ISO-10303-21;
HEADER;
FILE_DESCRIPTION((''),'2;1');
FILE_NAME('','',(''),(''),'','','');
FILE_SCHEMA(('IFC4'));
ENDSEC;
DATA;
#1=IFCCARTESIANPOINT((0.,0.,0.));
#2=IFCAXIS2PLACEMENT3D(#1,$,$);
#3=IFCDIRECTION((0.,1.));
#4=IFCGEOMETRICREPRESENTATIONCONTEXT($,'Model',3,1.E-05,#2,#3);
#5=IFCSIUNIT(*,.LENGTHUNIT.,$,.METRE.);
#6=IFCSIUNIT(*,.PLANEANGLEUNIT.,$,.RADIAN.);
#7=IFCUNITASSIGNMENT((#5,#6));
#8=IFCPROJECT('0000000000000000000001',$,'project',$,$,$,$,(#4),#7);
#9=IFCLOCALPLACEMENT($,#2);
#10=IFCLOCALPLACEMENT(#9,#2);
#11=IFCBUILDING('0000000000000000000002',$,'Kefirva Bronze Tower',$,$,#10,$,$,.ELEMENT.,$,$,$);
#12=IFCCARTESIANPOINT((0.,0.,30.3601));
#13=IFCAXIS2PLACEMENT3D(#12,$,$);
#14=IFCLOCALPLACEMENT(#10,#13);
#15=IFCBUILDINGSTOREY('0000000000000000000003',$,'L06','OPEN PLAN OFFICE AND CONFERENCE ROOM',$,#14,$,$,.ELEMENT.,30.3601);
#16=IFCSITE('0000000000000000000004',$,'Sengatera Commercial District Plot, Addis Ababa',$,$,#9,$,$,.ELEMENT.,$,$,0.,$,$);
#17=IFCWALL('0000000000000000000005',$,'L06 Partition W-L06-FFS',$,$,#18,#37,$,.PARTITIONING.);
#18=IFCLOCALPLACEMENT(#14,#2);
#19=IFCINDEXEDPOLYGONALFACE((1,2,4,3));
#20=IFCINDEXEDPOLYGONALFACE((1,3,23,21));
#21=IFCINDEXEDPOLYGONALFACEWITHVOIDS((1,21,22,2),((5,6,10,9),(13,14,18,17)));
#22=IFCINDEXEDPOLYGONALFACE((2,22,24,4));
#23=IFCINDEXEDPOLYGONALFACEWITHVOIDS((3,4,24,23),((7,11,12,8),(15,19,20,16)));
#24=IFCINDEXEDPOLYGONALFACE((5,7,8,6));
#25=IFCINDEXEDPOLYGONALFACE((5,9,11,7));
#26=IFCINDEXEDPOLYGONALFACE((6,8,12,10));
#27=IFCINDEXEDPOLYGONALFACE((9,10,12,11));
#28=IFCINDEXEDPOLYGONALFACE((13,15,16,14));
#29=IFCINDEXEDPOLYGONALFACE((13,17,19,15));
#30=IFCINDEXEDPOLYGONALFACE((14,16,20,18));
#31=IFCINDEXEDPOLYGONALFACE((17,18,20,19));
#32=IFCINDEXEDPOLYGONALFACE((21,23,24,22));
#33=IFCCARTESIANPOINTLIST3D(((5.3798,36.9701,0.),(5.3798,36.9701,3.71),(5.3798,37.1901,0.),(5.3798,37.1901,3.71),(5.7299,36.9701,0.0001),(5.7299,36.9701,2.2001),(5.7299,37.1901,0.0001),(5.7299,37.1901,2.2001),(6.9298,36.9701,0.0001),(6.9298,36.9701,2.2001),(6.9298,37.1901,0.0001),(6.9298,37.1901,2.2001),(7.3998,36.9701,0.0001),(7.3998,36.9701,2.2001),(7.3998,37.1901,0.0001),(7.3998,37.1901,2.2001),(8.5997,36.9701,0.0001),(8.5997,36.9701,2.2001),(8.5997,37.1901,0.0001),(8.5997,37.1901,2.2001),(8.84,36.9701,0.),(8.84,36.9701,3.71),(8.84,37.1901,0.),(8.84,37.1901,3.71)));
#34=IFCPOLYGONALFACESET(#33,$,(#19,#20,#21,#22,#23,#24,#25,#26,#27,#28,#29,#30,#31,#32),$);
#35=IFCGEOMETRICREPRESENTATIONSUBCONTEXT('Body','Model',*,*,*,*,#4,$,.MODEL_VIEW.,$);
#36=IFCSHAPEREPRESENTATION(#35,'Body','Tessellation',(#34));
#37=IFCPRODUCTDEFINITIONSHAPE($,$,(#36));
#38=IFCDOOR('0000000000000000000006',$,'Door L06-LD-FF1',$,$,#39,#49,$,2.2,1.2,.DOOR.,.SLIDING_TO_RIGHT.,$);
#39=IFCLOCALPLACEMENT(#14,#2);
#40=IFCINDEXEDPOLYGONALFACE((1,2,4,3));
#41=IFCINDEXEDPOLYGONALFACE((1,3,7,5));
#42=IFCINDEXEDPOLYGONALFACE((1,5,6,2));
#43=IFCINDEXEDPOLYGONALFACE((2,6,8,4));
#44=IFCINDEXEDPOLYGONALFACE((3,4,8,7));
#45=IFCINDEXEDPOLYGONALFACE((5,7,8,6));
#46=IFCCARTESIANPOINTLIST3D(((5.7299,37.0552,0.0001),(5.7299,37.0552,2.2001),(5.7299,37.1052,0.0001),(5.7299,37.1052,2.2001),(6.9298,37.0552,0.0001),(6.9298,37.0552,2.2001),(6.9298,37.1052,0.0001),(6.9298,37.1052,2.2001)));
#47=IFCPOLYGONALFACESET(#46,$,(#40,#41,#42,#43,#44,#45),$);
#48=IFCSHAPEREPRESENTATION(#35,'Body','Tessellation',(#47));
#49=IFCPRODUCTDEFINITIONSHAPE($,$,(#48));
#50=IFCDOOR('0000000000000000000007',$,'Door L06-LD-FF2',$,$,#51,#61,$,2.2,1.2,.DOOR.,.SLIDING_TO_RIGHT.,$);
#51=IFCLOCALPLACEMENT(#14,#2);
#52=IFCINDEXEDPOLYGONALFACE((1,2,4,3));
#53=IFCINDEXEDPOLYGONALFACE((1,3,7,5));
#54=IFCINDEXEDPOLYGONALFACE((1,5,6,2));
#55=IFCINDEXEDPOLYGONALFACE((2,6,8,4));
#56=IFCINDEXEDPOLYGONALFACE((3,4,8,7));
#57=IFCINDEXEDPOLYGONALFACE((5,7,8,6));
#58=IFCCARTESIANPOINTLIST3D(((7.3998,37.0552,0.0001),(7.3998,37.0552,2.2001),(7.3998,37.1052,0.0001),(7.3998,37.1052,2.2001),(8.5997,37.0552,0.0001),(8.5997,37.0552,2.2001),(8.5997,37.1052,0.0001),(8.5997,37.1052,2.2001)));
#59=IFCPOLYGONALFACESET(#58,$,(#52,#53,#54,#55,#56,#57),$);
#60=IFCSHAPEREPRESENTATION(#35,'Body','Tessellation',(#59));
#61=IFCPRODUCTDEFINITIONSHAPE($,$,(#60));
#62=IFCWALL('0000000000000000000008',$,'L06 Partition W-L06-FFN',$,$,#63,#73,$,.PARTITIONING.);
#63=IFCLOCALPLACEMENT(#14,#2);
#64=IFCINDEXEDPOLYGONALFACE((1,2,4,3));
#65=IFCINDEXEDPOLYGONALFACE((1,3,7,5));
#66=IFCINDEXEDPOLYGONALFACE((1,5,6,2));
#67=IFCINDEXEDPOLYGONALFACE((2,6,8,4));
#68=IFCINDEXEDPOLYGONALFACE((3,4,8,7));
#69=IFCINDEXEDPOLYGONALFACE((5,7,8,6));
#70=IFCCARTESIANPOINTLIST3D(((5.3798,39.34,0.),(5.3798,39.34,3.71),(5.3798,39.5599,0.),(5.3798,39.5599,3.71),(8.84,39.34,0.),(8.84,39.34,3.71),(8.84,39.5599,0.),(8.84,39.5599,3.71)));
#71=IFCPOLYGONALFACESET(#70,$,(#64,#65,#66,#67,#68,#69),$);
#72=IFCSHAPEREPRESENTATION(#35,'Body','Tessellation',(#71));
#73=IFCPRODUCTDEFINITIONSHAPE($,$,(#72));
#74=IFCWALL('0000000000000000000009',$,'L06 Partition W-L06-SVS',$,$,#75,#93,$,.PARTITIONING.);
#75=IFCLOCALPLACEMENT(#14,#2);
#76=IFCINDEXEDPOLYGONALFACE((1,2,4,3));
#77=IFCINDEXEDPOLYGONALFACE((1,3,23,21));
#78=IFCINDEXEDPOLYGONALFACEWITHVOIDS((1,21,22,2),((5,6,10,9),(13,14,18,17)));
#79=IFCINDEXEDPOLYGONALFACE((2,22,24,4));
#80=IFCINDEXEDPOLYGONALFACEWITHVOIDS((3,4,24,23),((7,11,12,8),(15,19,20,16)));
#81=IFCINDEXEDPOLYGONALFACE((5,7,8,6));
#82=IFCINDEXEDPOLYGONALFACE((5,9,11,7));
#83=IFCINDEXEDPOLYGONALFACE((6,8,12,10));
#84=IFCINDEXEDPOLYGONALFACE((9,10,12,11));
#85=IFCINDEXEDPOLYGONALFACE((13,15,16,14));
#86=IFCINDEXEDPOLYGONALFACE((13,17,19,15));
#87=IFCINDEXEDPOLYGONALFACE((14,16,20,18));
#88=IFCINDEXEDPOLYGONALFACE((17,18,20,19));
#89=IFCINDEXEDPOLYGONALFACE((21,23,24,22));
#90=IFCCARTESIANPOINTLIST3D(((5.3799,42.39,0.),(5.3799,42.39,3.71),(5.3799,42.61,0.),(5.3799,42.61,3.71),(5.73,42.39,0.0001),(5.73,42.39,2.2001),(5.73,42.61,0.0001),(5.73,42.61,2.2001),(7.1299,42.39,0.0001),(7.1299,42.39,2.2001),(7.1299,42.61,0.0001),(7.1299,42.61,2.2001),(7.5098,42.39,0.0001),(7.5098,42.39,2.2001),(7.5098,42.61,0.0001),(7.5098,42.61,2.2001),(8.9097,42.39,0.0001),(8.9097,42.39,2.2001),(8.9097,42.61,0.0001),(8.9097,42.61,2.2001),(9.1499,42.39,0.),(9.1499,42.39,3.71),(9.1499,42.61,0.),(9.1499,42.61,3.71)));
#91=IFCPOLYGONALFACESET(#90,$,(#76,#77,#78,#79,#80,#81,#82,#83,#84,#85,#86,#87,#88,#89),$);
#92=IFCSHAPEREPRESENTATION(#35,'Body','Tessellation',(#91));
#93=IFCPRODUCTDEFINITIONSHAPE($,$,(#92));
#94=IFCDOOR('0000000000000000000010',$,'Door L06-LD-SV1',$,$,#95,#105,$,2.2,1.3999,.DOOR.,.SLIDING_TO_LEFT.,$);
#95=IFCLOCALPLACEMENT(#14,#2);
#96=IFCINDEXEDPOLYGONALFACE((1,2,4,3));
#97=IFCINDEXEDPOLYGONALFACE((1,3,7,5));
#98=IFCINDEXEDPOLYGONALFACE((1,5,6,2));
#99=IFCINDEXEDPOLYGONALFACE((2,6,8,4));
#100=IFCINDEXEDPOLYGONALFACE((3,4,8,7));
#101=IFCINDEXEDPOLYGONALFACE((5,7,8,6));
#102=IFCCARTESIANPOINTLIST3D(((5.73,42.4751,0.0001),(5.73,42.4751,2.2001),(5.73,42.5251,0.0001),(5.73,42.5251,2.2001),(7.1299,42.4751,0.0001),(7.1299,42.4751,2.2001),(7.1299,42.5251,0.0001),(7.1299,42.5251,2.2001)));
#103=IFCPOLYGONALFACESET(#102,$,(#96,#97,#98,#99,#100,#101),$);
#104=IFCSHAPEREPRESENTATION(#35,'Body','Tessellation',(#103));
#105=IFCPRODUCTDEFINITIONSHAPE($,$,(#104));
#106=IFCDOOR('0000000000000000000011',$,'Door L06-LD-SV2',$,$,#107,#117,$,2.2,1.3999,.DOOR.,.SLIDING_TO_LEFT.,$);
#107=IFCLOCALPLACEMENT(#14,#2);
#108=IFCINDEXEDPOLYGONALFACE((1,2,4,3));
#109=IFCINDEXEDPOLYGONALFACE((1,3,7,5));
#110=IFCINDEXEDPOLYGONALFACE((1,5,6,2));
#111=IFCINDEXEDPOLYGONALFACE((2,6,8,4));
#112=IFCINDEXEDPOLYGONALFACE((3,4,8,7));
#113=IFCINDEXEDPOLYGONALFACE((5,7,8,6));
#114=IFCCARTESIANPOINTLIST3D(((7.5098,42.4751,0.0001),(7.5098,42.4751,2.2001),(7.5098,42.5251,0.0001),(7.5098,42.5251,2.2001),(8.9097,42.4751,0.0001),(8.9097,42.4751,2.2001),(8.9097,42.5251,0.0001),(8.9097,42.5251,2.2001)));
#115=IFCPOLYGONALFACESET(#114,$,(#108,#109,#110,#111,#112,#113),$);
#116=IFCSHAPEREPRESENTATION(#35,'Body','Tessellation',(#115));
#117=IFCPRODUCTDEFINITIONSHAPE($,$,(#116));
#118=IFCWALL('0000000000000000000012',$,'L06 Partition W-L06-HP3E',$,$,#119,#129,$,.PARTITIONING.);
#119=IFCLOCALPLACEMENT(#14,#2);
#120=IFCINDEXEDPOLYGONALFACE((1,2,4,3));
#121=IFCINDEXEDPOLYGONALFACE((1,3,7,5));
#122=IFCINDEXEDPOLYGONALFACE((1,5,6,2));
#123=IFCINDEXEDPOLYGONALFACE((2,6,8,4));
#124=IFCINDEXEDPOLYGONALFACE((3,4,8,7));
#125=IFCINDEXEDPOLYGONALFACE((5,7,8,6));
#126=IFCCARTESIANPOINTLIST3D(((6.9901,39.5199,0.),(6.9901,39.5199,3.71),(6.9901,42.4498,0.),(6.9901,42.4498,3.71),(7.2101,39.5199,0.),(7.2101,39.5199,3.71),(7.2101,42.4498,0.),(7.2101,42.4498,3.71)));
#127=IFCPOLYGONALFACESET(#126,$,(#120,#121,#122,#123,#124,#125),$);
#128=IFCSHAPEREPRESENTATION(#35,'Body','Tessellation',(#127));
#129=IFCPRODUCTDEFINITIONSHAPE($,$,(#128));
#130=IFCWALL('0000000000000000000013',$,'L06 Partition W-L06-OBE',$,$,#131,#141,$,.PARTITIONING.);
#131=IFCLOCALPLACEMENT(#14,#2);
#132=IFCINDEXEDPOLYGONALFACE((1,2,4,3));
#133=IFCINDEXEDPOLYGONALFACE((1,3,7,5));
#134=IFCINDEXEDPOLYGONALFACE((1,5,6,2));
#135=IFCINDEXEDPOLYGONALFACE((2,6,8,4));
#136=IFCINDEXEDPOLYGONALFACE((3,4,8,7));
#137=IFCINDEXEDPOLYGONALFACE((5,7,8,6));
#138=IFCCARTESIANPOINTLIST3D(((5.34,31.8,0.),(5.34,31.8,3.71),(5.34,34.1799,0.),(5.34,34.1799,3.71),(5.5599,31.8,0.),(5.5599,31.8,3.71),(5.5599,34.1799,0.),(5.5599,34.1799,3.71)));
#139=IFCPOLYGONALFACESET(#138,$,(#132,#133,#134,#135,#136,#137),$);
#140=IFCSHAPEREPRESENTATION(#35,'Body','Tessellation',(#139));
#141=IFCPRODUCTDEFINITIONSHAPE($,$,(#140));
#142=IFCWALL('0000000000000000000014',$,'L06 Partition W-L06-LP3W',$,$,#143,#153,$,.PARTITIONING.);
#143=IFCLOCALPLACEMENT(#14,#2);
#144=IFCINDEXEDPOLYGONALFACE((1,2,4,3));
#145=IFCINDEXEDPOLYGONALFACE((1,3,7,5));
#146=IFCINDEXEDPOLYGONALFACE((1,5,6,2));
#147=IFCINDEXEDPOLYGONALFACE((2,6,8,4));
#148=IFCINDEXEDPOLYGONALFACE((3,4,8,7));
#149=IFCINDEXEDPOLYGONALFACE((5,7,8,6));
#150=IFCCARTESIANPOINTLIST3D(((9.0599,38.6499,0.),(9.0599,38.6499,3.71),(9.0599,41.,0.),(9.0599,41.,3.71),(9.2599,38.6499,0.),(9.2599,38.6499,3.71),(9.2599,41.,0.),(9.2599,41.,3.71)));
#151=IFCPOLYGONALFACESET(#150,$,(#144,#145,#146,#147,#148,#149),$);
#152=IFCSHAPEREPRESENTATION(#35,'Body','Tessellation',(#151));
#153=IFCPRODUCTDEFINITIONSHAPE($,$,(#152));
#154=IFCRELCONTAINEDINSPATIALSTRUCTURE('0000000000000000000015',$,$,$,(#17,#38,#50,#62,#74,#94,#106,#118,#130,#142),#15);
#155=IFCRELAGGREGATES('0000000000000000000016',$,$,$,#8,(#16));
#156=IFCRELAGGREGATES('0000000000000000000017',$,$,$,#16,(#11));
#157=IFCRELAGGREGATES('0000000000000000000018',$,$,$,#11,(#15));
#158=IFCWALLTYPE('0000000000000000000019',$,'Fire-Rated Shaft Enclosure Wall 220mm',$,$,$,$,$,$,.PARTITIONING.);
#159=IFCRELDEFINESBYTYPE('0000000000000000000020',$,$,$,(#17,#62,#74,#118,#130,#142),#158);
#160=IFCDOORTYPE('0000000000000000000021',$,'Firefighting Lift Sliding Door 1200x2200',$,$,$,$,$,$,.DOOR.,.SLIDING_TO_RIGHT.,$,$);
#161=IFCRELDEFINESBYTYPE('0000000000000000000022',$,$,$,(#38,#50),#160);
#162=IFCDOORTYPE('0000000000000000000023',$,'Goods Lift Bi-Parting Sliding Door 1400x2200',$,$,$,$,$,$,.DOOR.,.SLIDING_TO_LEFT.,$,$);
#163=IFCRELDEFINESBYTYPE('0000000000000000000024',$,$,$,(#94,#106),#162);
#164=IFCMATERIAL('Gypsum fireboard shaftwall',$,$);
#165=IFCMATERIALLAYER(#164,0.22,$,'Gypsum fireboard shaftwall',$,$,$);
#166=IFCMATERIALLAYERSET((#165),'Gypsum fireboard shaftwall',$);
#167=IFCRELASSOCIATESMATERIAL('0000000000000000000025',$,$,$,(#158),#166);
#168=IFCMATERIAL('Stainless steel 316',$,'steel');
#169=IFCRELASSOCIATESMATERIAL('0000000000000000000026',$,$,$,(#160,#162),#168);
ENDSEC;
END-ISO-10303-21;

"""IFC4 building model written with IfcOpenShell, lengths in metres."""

from ifc_helpers import new_model, si_unit, direction, frame, frame_2d, origin, place, context, subcontext, project, spatial, rectangle, extrude, material, layer, layer_set, type_object, element, fill, save


model = new_model("IFC4")

# Units and contexts
model_context = context("Model", 3, precision=1e-05, world=origin(), true_north=direction((0.0, 1.0)))
body_context = subcontext(model_context, "Body", "Model", "MODEL_VIEW")
ifc_project = project(units=[si_unit("LENGTHUNIT", "METRE"), si_unit("PLANEANGLEUNIT", "RADIAN")], contexts=[model_context])

# Site, building, storey
site_placement = place(None, origin())
site = spatial("IfcSite", under=ifc_project, at=site_placement, Name="Sengatera Commercial District Plot, Addis Ababa", CompositionType="ELEMENT", RefElevation=0.0)
building_placement = place(site_placement, origin())
building = spatial("IfcBuilding", under=site, at=building_placement, Name="Kefirva Bronze Tower", CompositionType="ELEMENT")
storey_placement = place(building_placement, frame((0.0, 0.0, 30.3601)))
storey = spatial("IfcBuildingStorey", under=building, at=storey_placement, Name="L06", Description="OPEN PLAN OFFICE AND CONFERENCE ROOM", CompositionType="ELEMENT", Elevation=30.3601)

# Wall, openings, doors
ifc_material_1 = material(Name="Gypsum fireboard shaftwall")
ifc_layer_1 = layer(ifc_material_1, 0.22, Name="Gypsum fireboard shaftwall")
ifc_layer_set_1 = layer_set([ifc_layer_1], Name="Gypsum fireboard shaftwall")
wall_type_1 = type_object("IfcWallType", Name="Fire-Rated Shaft Enclosure Wall 220mm", PredefinedType="PARTITIONING", material=ifc_layer_set_1)
wall_1_placement = place(storey_placement, frame((5.3799, 37.0801, 0.0), z_axis=(0.0, 0.0, 1.0), x_axis=(1.0, 0.0, 0.0)))
wall_1 = element("IfcWall", 1, at=wall_1_placement, inside=storey, type_object=wall_type_1, Name="L06 Partition W-L06-FFS", PredefinedType="PARTITIONING", context=body_context, shape_type="SweptSolid", body=[
    extrude(rectangle(XDim=3.4602, YDim=0.22, at=frame_2d((1.73, 0.0))), origin(), (0.0, 0.0, 1.0), 3.71),
])
opening_1_placement = place(wall_1_placement, frame((1.55, 0.0, 0.0), z_axis=(0.0, 0.0, 1.0), x_axis=(-1.0, 0.0, 0.0)))
opening_1 = element("IfcOpeningElement", 2, at=opening_1_placement, cuts=wall_1, PredefinedType="OPENING", context=body_context, shape_type="SweptSolid", body=[
    extrude(rectangle(XDim=1.2, YDim=2.2, at=frame_2d((0.6001, 1.1001))), frame((0.0, 0.1201, 0.0), z_axis=(0.0, -1.0, 0.0), x_axis=(1.0, 0.0, 0.0)), (0.0, 0.0, 1.0), 0.24),
])
opening_2_placement = place(wall_1_placement, frame((3.22, 0.0, 0.0), z_axis=(0.0, 0.0, 1.0), x_axis=(-1.0, 0.0, 0.0)))
opening_2 = element("IfcOpeningElement", 3, at=opening_2_placement, cuts=wall_1, PredefinedType="OPENING", context=body_context, shape_type="SweptSolid", body=[
    extrude(rectangle(XDim=1.2, YDim=2.2, at=frame_2d((0.6001, 1.1001))), frame((0.0, 0.1201, 0.0), z_axis=(0.0, -1.0, 0.0), x_axis=(1.0, 0.0, 0.0)), (0.0, 0.0, 1.0), 0.24),
])
ifc_material_2 = material(Name="Stainless steel 316", Category="steel")
door_type_1 = type_object("IfcDoorType", Name="Firefighting Lift Sliding Door 1200x2200", OperationType="SLIDING_TO_RIGHT", PredefinedType="DOOR", material=ifc_material_2)
door_1_placement = place(opening_1_placement, origin())
door_1 = element("IfcDoor", 4, at=door_1_placement, inside=storey, type_object=door_type_1, Name="Door L06-LD-FF1", OperationType="SLIDING_TO_RIGHT", OverallHeight=2.2, OverallWidth=1.2, PredefinedType="DOOR", context=body_context, shape_type="SweptSolid", body=[
    extrude(rectangle(XDim=1.2, YDim=2.2, at=frame_2d((0.6001, 1.1001))), frame((0.0, 0.0249, 0.0), z_axis=(0.0, -1.0, 0.0), x_axis=(1.0, 0.0, 0.0)), (0.0, 0.0, 1.0), 0.05),
])
fill(opening_1, door_1)
door_2_placement = place(opening_2_placement, origin())
door_2 = element("IfcDoor", 5, at=door_2_placement, inside=storey, type_object=door_type_1, Name="Door L06-LD-FF2", OperationType="SLIDING_TO_RIGHT", OverallHeight=2.2, OverallWidth=1.2, PredefinedType="DOOR", context=body_context, shape_type="SweptSolid", body=[
    extrude(rectangle(XDim=1.2, YDim=2.2, at=frame_2d((0.6001, 1.1001))), frame((0.0, 0.0249, 0.0), z_axis=(0.0, -1.0, 0.0), x_axis=(1.0, 0.0, 0.0)), (0.0, 0.0, 1.0), 0.05),
])
fill(opening_2, door_2)

# Wall
wall_2_placement = place(storey_placement, frame((5.3799, 39.45, 0.0), z_axis=(0.0, 0.0, 1.0), x_axis=(1.0, 0.0, 0.0)))
element("IfcWall", 6, at=wall_2_placement, inside=storey, type_object=wall_type_1, Name="L06 Partition W-L06-FFN", PredefinedType="PARTITIONING", context=body_context, shape_type="SweptSolid", body=[
    extrude(rectangle(XDim=3.4602, YDim=0.22, at=frame_2d((1.73, 0.0))), origin(), (0.0, 0.0, 1.0), 3.71),
])

# Wall, openings, doors
wall_3_placement = place(storey_placement, frame((5.3799, 42.5, 0.0), z_axis=(0.0, 0.0, 1.0), x_axis=(1.0, 0.0, 0.0)))
wall_3 = element("IfcWall", 7, at=wall_3_placement, inside=storey, type_object=wall_type_1, Name="L06 Partition W-L06-SVS", PredefinedType="PARTITIONING", context=body_context, shape_type="SweptSolid", body=[
    extrude(rectangle(XDim=3.77, YDim=0.22, at=frame_2d((1.885, 0.0))), origin(), (0.0, 0.0, 1.0), 3.71),
])
opening_3_placement = place(wall_3_placement, frame((1.75, 0.0, 0.0), z_axis=(0.0, 0.0, 1.0), x_axis=(-1.0, 0.0, 0.0)))
opening_3 = element("IfcOpeningElement", 8, at=opening_3_placement, cuts=wall_3, PredefinedType="OPENING", context=body_context, shape_type="SweptSolid", body=[
    extrude(rectangle(XDim=1.3999, YDim=2.2, at=frame_2d((0.7, 1.1001))), frame((0.0, 0.1201, 0.0), z_axis=(0.0, -1.0, 0.0), x_axis=(1.0, 0.0, 0.0)), (0.0, 0.0, 1.0), 0.24),
])
opening_4_placement = place(wall_3_placement, frame((3.5298, 0.0, 0.0), z_axis=(0.0, 0.0, 1.0), x_axis=(-1.0, 0.0, 0.0)))
opening_4 = element("IfcOpeningElement", 9, at=opening_4_placement, cuts=wall_3, PredefinedType="OPENING", context=body_context, shape_type="SweptSolid", body=[
    extrude(rectangle(XDim=1.3999, YDim=2.2, at=frame_2d((0.7, 1.1001))), frame((0.0, 0.1201, 0.0), z_axis=(0.0, -1.0, 0.0), x_axis=(1.0, 0.0, 0.0)), (0.0, 0.0, 1.0), 0.24),
])
door_type_2 = type_object("IfcDoorType", Name="Goods Lift Bi-Parting Sliding Door 1400x2200", OperationType="SLIDING_TO_LEFT", PredefinedType="DOOR", material=ifc_material_2)
door_3_placement = place(opening_3_placement, origin())
door_3 = element("IfcDoor", 10, at=door_3_placement, inside=storey, type_object=door_type_2, Name="Door L06-LD-SV1", OperationType="SLIDING_TO_LEFT", OverallHeight=2.2, OverallWidth=1.3999, PredefinedType="DOOR", context=body_context, shape_type="SweptSolid", body=[
    extrude(rectangle(XDim=1.3999, YDim=2.2, at=frame_2d((0.7, 1.1001))), frame((0.0, 0.0249, 0.0), z_axis=(0.0, -1.0, 0.0), x_axis=(1.0, 0.0, 0.0)), (0.0, 0.0, 1.0), 0.05),
])
fill(opening_3, door_3)
door_4_placement = place(opening_4_placement, origin())
door_4 = element("IfcDoor", 11, at=door_4_placement, inside=storey, type_object=door_type_2, Name="Door L06-LD-SV2", OperationType="SLIDING_TO_LEFT", OverallHeight=2.2, OverallWidth=1.3999, PredefinedType="DOOR", context=body_context, shape_type="SweptSolid", body=[
    extrude(rectangle(XDim=1.3999, YDim=2.2, at=frame_2d((0.7, 1.1001))), frame((0.0, 0.0249, 0.0), z_axis=(0.0, -1.0, 0.0), x_axis=(1.0, 0.0, 0.0)), (0.0, 0.0, 1.0), 0.05),
])
fill(opening_4, door_4)

# Walls
wall_4_placement = place(storey_placement, frame((7.1001, 39.52, 0.0), z_axis=(0.0, 0.0, 1.0), x_axis=(0.0, 1.0, 0.0)))
element("IfcWall", 12, at=wall_4_placement, inside=storey, type_object=wall_type_1, Name="L06 Partition W-L06-HP3E", PredefinedType="PARTITIONING", context=body_context, shape_type="SweptSolid", body=[
    extrude(rectangle(XDim=2.9299, YDim=0.22, at=frame_2d((1.4648, 0.0))), origin(), (0.0, 0.0, 1.0), 3.71),
])
wall_5_placement = place(storey_placement, frame((5.45, 31.8, 0.0), z_axis=(0.0, 0.0, 1.0), x_axis=(0.0, 1.0, 0.0)))
element("IfcWall", 13, at=wall_5_placement, inside=storey, type_object=wall_type_1, Name="L06 Partition W-L06-OBE", PredefinedType="PARTITIONING", context=body_context, shape_type="SweptSolid", body=[
    extrude(rectangle(XDim=2.3799, YDim=0.22, at=frame_2d((1.1899, 0.0))), origin(), (0.0, 0.0, 1.0), 3.71),
])
wall_6_placement = place(storey_placement, frame((9.1599, 38.6499, 0.0), z_axis=(0.0, 0.0, 1.0), x_axis=(0.0, 1.0, 0.0)))
element("IfcWall", 14, at=wall_6_placement, inside=storey, type_object=wall_type_1, Name="L06 Partition W-L06-LP3W", PredefinedType="PARTITIONING", context=body_context, shape_type="SweptSolid", body=[
    extrude(rectangle(XDim=2.3501, YDim=0.2, at=frame_2d((1.175, 0.0))), origin(), (0.0, 0.0, 1.0), 3.71),
])

save(model, "model.ifc")
